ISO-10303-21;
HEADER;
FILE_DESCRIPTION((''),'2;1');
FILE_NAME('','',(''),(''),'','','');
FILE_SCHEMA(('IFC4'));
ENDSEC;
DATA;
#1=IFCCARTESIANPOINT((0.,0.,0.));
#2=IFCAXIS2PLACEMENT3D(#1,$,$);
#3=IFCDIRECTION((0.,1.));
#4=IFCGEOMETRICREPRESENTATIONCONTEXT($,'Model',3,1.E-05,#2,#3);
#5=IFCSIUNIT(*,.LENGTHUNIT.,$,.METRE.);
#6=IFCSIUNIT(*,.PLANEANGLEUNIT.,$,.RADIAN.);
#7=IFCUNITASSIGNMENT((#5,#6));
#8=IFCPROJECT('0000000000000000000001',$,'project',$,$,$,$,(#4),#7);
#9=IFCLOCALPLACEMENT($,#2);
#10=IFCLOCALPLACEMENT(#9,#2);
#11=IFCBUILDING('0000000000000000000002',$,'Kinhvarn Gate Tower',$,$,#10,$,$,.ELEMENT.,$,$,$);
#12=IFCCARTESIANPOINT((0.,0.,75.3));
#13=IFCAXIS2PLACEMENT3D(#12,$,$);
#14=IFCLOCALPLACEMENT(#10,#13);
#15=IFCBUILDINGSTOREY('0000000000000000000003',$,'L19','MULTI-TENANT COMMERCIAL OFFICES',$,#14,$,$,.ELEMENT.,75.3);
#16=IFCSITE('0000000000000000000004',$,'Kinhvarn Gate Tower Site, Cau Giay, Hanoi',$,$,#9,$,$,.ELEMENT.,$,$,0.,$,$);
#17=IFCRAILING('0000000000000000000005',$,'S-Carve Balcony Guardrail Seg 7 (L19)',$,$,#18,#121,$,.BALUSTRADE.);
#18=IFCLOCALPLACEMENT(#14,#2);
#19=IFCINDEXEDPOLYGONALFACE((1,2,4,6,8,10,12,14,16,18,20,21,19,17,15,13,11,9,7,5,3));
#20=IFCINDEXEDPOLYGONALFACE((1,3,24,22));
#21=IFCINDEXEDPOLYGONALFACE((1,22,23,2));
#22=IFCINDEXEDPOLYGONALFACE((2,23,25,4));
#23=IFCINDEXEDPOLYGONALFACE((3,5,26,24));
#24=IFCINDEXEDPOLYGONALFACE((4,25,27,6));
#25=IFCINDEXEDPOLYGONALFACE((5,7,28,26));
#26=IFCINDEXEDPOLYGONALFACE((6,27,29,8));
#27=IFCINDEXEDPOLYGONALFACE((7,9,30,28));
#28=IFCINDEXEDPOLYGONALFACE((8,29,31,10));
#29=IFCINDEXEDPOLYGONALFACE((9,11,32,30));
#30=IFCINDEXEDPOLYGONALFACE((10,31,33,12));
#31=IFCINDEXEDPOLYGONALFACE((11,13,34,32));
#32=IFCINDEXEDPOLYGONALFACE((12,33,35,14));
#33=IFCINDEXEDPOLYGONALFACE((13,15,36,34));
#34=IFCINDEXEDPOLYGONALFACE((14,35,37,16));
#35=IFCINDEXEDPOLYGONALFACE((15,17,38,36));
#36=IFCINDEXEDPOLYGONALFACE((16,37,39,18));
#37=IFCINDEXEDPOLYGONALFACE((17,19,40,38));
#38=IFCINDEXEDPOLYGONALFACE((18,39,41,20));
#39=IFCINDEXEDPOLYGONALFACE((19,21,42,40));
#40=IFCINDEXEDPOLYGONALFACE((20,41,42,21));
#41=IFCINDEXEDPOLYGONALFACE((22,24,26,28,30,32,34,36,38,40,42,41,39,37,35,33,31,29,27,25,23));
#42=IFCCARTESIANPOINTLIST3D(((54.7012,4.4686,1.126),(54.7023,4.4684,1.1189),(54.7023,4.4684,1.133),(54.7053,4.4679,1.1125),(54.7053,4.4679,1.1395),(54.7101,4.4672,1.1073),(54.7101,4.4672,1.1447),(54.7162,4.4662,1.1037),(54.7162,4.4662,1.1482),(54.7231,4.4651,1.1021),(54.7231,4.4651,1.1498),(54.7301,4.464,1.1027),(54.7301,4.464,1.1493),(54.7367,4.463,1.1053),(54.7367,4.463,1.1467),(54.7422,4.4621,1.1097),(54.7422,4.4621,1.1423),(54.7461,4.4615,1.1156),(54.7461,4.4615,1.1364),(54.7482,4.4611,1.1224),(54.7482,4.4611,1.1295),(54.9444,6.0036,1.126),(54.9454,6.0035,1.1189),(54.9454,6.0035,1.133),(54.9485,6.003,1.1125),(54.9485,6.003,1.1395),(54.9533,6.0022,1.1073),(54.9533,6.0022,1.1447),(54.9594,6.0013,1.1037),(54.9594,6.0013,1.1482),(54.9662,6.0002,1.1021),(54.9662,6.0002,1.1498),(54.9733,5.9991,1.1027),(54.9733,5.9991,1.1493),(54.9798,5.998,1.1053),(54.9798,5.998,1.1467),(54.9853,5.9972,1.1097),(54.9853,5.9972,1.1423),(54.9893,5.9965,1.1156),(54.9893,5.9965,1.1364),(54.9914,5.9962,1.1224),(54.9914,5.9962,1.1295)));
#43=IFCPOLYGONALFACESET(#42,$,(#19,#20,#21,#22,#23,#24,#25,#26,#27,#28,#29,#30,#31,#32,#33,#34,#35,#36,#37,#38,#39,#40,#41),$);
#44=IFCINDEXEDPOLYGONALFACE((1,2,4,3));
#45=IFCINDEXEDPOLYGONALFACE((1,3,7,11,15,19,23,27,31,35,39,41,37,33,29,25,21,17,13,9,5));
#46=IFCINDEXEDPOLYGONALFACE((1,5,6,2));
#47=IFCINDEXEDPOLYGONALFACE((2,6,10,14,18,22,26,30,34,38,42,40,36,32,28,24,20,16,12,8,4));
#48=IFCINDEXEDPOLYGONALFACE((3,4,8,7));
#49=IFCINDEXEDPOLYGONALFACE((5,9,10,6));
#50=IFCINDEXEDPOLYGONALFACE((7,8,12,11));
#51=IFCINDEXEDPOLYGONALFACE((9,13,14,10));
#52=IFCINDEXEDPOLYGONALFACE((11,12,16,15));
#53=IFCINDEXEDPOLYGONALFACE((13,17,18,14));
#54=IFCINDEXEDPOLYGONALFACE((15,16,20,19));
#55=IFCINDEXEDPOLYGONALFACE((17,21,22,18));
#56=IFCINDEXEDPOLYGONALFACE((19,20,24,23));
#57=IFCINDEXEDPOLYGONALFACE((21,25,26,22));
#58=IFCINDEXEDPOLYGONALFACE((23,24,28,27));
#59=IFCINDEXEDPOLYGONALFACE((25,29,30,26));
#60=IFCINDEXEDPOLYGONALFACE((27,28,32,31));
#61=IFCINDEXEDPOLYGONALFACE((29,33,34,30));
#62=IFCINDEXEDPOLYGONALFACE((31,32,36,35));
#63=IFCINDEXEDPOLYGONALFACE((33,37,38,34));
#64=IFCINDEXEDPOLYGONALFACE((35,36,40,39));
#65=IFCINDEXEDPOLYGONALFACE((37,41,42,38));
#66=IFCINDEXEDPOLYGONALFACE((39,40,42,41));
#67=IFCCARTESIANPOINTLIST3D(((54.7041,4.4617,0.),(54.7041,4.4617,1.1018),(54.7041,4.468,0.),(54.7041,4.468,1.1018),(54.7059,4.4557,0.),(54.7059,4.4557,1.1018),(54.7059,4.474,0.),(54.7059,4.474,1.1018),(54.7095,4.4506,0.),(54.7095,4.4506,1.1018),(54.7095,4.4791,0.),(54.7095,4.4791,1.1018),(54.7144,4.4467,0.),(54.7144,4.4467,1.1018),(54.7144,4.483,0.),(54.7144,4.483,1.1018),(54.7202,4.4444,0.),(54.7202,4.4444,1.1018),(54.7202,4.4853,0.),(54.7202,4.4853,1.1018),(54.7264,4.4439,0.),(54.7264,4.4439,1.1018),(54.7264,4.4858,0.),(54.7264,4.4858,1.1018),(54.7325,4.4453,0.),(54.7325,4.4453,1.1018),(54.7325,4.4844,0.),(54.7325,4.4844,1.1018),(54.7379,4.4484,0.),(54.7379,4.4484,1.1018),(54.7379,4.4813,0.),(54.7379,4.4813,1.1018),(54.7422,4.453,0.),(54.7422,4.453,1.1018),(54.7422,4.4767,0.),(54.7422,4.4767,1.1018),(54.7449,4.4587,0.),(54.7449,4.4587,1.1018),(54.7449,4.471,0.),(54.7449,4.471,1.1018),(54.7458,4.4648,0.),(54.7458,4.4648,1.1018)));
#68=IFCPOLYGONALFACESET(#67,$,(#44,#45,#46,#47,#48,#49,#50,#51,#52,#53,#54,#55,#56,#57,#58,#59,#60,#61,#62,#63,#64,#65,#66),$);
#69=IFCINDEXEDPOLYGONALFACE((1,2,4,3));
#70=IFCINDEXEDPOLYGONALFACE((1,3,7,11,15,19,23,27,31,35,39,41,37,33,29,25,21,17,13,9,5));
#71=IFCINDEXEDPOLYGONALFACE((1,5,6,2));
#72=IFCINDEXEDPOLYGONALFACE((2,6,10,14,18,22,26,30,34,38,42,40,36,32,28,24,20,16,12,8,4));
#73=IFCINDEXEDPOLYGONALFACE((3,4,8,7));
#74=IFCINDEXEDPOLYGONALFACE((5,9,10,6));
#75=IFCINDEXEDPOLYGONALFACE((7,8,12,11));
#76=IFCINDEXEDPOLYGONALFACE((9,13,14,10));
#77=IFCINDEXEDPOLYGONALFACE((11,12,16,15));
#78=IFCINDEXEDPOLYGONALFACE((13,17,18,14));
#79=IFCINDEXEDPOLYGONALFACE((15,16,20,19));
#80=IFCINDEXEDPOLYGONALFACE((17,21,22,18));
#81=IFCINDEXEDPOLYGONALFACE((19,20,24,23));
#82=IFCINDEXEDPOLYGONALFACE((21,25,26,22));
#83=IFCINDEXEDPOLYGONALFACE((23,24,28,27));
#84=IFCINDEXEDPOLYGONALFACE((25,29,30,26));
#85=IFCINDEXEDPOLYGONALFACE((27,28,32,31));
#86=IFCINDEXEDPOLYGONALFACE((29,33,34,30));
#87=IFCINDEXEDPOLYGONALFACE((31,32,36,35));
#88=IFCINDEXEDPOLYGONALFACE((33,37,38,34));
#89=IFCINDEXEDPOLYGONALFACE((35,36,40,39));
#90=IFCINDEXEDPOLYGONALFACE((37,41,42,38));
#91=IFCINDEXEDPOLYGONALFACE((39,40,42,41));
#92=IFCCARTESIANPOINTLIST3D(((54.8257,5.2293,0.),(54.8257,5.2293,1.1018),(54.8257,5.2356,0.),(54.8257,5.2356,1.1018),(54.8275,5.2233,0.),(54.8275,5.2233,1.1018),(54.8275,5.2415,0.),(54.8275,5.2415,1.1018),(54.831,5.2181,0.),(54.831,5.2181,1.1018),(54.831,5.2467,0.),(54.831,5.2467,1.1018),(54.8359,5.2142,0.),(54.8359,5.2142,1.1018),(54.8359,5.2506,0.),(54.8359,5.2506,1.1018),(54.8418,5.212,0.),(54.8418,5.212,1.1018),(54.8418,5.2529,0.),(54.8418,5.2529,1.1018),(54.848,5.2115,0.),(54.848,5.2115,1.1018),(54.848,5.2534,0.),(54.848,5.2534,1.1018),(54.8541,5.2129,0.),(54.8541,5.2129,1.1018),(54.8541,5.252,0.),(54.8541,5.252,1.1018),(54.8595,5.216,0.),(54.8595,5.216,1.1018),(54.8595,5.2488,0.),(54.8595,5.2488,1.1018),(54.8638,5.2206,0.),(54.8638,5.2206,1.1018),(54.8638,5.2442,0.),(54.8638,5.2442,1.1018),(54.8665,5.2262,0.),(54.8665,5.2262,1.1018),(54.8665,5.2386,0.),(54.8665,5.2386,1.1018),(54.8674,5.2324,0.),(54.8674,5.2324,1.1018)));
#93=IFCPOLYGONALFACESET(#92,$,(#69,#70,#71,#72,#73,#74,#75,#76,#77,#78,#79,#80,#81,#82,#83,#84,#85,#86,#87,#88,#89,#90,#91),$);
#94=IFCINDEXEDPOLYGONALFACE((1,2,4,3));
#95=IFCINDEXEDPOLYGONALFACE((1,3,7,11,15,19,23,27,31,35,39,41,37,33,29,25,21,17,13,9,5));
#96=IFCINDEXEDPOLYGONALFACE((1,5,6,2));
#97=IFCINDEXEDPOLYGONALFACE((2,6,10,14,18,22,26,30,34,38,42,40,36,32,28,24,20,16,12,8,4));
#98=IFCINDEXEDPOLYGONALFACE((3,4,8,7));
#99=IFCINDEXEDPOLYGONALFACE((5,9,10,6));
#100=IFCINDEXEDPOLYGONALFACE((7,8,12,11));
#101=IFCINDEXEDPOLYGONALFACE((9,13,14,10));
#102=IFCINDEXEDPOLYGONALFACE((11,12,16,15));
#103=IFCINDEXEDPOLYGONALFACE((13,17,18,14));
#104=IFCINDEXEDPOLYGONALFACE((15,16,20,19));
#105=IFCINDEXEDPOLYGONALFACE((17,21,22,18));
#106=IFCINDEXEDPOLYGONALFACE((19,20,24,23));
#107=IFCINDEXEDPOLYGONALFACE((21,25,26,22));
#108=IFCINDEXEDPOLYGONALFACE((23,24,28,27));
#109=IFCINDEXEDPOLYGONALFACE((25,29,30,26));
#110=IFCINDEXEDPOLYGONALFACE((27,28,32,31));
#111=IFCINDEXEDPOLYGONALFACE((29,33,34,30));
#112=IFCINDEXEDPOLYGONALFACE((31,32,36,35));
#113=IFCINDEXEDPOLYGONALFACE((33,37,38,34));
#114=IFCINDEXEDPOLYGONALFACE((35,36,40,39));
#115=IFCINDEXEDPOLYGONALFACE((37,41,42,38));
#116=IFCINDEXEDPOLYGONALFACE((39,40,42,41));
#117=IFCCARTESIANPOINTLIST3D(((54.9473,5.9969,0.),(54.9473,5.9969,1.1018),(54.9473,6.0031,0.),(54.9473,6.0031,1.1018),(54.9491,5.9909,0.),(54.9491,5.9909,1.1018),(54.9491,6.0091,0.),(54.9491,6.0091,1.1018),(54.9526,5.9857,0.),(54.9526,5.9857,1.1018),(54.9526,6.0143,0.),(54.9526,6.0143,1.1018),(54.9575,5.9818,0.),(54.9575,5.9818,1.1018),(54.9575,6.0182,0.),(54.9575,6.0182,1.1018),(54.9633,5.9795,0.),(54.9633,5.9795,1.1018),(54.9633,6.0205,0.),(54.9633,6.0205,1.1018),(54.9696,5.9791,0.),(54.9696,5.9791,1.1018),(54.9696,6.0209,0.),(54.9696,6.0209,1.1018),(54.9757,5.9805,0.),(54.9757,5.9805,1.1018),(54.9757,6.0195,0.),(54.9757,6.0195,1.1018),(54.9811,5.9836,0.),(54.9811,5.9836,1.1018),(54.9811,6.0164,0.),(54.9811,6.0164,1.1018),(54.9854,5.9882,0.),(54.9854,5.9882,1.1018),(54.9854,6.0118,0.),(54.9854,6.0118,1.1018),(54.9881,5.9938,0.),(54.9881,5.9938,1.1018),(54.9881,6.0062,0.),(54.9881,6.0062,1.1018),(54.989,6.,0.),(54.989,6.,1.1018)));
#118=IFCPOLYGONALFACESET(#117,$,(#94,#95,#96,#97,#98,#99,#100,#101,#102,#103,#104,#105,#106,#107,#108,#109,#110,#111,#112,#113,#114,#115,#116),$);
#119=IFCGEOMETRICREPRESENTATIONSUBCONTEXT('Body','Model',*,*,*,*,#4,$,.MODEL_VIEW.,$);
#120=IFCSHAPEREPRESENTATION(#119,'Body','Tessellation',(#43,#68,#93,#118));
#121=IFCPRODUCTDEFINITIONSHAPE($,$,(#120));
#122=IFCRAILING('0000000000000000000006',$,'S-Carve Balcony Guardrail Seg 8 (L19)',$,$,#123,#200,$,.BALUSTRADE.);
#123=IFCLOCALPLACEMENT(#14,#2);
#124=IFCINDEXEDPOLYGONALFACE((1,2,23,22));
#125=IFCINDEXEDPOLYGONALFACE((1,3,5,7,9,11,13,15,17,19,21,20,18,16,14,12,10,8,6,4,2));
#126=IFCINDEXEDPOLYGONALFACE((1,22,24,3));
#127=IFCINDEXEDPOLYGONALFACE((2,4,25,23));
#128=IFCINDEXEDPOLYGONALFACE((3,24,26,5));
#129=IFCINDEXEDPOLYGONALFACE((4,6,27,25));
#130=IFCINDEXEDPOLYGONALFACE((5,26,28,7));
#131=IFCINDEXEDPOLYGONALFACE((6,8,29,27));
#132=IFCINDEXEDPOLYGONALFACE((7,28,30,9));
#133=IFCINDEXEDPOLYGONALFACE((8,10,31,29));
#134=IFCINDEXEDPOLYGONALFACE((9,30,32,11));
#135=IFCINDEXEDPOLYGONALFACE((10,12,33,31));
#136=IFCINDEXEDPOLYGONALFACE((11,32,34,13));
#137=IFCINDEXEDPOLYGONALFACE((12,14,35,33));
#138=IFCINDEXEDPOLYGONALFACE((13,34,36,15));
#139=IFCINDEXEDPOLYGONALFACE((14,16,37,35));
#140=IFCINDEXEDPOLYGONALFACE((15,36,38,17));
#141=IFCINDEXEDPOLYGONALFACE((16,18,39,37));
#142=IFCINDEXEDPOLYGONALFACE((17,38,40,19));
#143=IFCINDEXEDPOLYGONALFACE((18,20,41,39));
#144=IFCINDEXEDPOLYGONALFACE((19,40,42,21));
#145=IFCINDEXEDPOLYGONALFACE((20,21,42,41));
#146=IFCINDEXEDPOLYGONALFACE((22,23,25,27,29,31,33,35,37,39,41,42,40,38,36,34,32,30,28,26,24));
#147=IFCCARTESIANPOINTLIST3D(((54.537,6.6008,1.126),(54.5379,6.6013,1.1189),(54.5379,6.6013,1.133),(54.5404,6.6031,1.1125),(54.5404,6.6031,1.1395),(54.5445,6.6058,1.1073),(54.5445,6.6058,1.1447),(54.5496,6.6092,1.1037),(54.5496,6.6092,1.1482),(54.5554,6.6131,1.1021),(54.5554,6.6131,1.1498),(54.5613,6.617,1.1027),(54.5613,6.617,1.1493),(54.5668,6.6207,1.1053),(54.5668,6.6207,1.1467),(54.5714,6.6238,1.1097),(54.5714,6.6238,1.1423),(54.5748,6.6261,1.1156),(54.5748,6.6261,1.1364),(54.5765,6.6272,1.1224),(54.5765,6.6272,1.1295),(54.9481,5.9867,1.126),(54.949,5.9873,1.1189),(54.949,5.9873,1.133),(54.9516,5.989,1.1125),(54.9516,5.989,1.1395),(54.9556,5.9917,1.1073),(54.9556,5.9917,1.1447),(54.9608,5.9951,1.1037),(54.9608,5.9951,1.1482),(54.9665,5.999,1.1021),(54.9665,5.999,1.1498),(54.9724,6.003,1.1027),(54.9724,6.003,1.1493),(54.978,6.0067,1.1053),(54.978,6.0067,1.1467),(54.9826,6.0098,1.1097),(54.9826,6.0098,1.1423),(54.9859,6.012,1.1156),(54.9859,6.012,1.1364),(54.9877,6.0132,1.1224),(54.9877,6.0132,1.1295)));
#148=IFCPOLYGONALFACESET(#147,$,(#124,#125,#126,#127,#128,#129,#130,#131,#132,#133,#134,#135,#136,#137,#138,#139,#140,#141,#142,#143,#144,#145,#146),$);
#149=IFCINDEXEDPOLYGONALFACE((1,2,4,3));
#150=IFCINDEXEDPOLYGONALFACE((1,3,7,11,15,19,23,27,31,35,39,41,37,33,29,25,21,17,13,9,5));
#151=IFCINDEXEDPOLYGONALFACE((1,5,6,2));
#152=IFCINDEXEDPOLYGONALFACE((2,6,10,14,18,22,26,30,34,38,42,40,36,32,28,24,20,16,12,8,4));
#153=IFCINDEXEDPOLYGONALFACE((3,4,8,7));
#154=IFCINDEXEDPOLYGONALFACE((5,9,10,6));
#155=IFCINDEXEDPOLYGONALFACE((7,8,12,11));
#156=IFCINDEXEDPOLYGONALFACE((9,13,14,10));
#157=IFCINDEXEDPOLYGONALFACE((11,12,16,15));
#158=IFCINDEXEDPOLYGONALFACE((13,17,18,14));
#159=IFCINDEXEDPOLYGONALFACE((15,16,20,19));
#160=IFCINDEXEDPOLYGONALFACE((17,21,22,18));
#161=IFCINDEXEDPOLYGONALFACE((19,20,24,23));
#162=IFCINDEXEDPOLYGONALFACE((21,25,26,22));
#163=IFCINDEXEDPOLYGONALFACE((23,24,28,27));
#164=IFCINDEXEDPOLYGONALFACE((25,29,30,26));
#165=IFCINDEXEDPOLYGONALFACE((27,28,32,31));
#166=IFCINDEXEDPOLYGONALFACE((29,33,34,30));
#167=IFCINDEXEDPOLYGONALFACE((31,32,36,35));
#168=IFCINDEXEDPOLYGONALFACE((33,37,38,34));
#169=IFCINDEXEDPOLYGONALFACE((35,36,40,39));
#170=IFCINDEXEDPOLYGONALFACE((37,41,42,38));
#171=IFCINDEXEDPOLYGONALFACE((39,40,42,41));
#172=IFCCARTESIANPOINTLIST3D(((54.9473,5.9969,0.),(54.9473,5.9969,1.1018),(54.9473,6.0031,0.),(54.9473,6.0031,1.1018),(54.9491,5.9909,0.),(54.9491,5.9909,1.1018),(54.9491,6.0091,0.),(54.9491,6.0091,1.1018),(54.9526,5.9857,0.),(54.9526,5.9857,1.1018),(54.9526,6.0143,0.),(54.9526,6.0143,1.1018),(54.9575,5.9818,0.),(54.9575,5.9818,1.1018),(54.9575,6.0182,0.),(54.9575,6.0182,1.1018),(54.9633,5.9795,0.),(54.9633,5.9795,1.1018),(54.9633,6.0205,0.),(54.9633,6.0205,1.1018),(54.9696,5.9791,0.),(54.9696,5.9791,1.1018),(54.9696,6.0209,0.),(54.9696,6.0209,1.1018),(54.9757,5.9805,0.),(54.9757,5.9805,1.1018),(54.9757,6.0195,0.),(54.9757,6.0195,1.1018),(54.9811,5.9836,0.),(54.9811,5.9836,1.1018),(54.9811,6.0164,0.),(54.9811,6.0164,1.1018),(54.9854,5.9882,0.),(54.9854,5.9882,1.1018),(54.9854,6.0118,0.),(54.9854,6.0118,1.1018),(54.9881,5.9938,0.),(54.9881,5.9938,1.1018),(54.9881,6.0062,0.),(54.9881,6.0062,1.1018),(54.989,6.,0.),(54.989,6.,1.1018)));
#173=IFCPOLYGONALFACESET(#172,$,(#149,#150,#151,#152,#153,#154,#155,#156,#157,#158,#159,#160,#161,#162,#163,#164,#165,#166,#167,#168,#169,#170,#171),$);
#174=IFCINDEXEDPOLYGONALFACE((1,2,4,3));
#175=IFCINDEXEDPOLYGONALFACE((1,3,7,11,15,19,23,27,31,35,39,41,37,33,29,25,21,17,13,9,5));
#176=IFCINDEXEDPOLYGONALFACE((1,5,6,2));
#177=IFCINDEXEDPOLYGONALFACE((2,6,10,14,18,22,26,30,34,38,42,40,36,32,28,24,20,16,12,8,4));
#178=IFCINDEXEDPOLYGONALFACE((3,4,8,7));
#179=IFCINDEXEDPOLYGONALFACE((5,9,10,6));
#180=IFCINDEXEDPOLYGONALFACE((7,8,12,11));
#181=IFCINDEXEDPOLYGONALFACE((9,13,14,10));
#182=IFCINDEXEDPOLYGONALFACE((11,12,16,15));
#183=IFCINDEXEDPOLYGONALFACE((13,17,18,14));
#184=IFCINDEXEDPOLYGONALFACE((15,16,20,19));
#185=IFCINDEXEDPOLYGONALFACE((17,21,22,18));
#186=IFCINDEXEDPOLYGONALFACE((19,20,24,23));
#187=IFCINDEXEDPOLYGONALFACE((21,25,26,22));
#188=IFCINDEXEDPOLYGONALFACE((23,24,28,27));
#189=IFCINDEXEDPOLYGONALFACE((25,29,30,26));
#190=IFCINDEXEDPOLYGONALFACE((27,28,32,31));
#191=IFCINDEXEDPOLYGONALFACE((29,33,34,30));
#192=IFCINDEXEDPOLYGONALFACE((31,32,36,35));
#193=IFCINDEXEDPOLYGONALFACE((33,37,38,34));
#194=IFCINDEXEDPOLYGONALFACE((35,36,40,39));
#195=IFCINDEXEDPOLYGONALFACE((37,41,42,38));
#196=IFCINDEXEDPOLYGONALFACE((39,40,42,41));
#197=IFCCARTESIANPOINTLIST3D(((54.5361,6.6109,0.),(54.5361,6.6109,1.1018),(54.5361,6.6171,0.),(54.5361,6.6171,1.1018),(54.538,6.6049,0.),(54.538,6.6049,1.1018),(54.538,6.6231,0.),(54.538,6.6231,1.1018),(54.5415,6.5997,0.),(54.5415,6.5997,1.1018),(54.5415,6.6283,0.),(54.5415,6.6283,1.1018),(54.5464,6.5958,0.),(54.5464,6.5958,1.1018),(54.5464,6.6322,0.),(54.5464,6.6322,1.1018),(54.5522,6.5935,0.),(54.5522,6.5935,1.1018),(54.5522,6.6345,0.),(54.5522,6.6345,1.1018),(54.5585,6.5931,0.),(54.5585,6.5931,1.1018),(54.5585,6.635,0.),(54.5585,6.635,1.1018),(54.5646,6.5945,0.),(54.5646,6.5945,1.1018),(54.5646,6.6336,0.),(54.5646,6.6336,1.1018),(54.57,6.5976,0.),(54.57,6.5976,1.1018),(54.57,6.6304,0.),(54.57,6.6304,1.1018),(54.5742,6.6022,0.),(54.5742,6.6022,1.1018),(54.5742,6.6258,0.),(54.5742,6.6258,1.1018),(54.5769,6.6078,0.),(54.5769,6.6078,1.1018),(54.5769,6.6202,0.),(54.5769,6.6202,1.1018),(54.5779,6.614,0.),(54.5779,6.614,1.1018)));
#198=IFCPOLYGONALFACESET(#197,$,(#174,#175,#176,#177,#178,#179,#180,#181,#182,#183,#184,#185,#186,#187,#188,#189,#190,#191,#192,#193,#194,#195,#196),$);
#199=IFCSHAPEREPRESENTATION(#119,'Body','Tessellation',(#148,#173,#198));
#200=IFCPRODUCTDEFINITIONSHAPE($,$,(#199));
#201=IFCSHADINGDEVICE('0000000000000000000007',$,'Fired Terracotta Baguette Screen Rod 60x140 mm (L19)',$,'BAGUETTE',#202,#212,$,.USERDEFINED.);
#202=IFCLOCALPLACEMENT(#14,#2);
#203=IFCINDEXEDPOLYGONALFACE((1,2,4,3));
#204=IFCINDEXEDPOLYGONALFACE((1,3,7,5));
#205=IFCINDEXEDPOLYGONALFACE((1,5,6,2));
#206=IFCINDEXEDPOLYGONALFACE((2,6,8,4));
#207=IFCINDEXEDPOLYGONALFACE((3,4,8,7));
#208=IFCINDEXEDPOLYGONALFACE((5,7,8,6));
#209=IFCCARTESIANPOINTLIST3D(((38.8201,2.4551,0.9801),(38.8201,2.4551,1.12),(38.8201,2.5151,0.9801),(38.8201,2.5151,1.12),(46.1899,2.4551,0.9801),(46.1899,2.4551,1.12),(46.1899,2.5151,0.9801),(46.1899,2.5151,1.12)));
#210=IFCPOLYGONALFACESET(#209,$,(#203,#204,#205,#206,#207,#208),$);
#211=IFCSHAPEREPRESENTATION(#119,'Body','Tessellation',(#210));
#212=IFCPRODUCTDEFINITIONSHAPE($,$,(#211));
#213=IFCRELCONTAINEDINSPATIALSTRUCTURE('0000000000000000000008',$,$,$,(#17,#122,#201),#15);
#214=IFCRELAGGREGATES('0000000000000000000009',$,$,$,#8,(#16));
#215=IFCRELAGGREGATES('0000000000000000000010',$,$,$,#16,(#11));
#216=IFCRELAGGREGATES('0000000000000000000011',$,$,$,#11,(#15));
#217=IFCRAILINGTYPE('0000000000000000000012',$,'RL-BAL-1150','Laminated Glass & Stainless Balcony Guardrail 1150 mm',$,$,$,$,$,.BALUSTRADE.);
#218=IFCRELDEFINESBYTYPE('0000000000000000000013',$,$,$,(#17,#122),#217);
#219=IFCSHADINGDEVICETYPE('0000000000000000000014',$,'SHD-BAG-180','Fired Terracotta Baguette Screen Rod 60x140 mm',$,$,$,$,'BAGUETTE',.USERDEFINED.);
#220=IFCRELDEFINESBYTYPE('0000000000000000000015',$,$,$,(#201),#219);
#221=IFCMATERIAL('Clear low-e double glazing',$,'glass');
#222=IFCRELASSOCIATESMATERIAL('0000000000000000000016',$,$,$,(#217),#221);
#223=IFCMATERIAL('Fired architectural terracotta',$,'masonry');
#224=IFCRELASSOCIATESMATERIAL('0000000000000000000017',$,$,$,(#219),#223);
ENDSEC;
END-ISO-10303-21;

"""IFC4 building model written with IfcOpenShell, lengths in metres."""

from ifc_helpers import new_model, si_unit, direction, frame, origin, origin_2d, place, context, subcontext, project, spatial, rectangle, circle, extrude, material, material_profile, profile_set, type_object, element, save


model = new_model("IFC4")

# Units and contexts
model_context = context("Model", 3, precision=1e-05, world=origin(), true_north=direction((0.0, 1.0)))
body_context = subcontext(model_context, "Body", "Model", "MODEL_VIEW")
ifc_project = project(units=[si_unit("LENGTHUNIT", "METRE"), si_unit("PLANEANGLEUNIT", "RADIAN")], contexts=[model_context])

# Site, building, storey
site_placement = place(None, origin())
site = spatial("IfcSite", under=ifc_project, at=site_placement, Name="Kinhvarn Gate Tower Site, Cau Giay, Hanoi", CompositionType="ELEMENT", RefElevation=0.0)
building_placement = place(site_placement, origin())
building = spatial("IfcBuilding", under=site, at=building_placement, Name="Kinhvarn Gate Tower", CompositionType="ELEMENT")
storey_placement = place(building_placement, frame((0.0, 0.0, 75.3)))
storey = spatial("IfcBuildingStorey", under=building, at=storey_placement, Name="L19", Description="MULTI-TENANT COMMERCIAL OFFICES", CompositionType="ELEMENT", Elevation=75.3)

# Shared definitions
ifc_material_1 = material(Name="Clear low-e double glazing", Category="glass")

# Shared definitions
ifc_material_2 = material(Name="Fired architectural terracotta", Category="masonry")

# Railings
railing_type = type_object("IfcRailingType", Name="RL-BAL-1150", Description="Laminated Glass & Stainless Balcony Guardrail 1150 mm", PredefinedType="BALUSTRADE", material=ifc_material_1)
railing_1_placement = place(storey_placement, frame((54.7249, 4.4648, 0.0)))
element("IfcRailing", 1, at=railing_1_placement, inside=storey, type_object=railing_type, Name="S-Carve Balcony Guardrail Seg 7 (L19)", PredefinedType="BALUSTRADE", context=body_context, shape_type="SweptSolid", body=[
    extrude(circle(Radius=0.0239, at=origin_2d()), frame((0.0, 0.0, 1.126), z_axis=(0.156447, 0.987686, 0.0), x_axis=(-0.987686, 0.156447, 0.0)), (0.0, 0.0, 1.0), 1.5542),
    extrude(circle(Radius=0.021, at=origin_2d()), origin(), (0.0, 0.0, 1.0), 1.1018),
    extrude(circle(Radius=0.021, at=origin_2d()), frame((0.1216, 0.7676, 0.0)), (0.0, 0.0, 1.0), 1.1018),
    extrude(circle(Radius=0.021, at=origin_2d()), frame((0.2432, 1.5352, 0.0)), (0.0, 0.0, 1.0), 1.1018),
])
railing_2_placement = place(storey_placement, frame((54.968, 6.0, 0.0)))
element("IfcRailing", 2, at=railing_2_placement, inside=storey, type_object=railing_type, Name="S-Carve Balcony Guardrail Seg 8 (L19)", PredefinedType="BALUSTRADE", context=body_context, shape_type="SweptSolid", body=[
    extrude(circle(Radius=0.0239, at=origin_2d()), frame((0.0, 0.0, 1.126), z_axis=(-0.556376, 0.83093, 0.0), x_axis=(-0.83093, -0.556376, 0.0)), (0.0, 0.0, 1.0), 0.739),
    extrude(circle(Radius=0.021, at=origin_2d()), origin(), (0.0, 0.0, 1.0), 1.1018),
    extrude(circle(Radius=0.021, at=origin_2d()), frame((-0.4111, 0.614, 0.0)), (0.0, 0.0, 1.0), 1.1018),
])

# Shading device
ifc_material_profile_1 = material_profile(ifc_material_2, rectangle(XDim=0.0601, YDim=0.1399, at=origin_2d()), Name="TC 60x140")
ifc_profile_set_1 = profile_set([ifc_material_profile_1], Name="Fired architectural terracotta")
shading_device_type = type_object("IfcShadingDeviceType", Name="SHD-BAG-180", Description="Fired Terracotta Baguette Screen Rod 60x140 mm", ElementType="BAGUETTE", PredefinedType="USERDEFINED", material=ifc_profile_set_1)
for number, where, z_axis, x_axis, name in (
    (3, (38.8201, 2.4851, 1.05), (1.0, 0.0, 0.0), (0.0, 1.0, 0.0), "Fired Terracotta Baguette Screen Rod 60x140 mm (L19)"),
):
    element("IfcShadingDevice", number, at=place(storey_placement, frame(where, z_axis=z_axis, x_axis=x_axis)), inside=storey, type_object=shading_device_type, Name=name, ObjectType="BAGUETTE", PredefinedType="USERDEFINED", context=body_context, shape_type="SweptSolid", body=[
        extrude(rectangle(XDim=0.0601, YDim=0.1399, at=origin_2d()), origin(), (0.0, 0.0, 1.0), 7.3699),
    ])

save(model, "model.ifc")
